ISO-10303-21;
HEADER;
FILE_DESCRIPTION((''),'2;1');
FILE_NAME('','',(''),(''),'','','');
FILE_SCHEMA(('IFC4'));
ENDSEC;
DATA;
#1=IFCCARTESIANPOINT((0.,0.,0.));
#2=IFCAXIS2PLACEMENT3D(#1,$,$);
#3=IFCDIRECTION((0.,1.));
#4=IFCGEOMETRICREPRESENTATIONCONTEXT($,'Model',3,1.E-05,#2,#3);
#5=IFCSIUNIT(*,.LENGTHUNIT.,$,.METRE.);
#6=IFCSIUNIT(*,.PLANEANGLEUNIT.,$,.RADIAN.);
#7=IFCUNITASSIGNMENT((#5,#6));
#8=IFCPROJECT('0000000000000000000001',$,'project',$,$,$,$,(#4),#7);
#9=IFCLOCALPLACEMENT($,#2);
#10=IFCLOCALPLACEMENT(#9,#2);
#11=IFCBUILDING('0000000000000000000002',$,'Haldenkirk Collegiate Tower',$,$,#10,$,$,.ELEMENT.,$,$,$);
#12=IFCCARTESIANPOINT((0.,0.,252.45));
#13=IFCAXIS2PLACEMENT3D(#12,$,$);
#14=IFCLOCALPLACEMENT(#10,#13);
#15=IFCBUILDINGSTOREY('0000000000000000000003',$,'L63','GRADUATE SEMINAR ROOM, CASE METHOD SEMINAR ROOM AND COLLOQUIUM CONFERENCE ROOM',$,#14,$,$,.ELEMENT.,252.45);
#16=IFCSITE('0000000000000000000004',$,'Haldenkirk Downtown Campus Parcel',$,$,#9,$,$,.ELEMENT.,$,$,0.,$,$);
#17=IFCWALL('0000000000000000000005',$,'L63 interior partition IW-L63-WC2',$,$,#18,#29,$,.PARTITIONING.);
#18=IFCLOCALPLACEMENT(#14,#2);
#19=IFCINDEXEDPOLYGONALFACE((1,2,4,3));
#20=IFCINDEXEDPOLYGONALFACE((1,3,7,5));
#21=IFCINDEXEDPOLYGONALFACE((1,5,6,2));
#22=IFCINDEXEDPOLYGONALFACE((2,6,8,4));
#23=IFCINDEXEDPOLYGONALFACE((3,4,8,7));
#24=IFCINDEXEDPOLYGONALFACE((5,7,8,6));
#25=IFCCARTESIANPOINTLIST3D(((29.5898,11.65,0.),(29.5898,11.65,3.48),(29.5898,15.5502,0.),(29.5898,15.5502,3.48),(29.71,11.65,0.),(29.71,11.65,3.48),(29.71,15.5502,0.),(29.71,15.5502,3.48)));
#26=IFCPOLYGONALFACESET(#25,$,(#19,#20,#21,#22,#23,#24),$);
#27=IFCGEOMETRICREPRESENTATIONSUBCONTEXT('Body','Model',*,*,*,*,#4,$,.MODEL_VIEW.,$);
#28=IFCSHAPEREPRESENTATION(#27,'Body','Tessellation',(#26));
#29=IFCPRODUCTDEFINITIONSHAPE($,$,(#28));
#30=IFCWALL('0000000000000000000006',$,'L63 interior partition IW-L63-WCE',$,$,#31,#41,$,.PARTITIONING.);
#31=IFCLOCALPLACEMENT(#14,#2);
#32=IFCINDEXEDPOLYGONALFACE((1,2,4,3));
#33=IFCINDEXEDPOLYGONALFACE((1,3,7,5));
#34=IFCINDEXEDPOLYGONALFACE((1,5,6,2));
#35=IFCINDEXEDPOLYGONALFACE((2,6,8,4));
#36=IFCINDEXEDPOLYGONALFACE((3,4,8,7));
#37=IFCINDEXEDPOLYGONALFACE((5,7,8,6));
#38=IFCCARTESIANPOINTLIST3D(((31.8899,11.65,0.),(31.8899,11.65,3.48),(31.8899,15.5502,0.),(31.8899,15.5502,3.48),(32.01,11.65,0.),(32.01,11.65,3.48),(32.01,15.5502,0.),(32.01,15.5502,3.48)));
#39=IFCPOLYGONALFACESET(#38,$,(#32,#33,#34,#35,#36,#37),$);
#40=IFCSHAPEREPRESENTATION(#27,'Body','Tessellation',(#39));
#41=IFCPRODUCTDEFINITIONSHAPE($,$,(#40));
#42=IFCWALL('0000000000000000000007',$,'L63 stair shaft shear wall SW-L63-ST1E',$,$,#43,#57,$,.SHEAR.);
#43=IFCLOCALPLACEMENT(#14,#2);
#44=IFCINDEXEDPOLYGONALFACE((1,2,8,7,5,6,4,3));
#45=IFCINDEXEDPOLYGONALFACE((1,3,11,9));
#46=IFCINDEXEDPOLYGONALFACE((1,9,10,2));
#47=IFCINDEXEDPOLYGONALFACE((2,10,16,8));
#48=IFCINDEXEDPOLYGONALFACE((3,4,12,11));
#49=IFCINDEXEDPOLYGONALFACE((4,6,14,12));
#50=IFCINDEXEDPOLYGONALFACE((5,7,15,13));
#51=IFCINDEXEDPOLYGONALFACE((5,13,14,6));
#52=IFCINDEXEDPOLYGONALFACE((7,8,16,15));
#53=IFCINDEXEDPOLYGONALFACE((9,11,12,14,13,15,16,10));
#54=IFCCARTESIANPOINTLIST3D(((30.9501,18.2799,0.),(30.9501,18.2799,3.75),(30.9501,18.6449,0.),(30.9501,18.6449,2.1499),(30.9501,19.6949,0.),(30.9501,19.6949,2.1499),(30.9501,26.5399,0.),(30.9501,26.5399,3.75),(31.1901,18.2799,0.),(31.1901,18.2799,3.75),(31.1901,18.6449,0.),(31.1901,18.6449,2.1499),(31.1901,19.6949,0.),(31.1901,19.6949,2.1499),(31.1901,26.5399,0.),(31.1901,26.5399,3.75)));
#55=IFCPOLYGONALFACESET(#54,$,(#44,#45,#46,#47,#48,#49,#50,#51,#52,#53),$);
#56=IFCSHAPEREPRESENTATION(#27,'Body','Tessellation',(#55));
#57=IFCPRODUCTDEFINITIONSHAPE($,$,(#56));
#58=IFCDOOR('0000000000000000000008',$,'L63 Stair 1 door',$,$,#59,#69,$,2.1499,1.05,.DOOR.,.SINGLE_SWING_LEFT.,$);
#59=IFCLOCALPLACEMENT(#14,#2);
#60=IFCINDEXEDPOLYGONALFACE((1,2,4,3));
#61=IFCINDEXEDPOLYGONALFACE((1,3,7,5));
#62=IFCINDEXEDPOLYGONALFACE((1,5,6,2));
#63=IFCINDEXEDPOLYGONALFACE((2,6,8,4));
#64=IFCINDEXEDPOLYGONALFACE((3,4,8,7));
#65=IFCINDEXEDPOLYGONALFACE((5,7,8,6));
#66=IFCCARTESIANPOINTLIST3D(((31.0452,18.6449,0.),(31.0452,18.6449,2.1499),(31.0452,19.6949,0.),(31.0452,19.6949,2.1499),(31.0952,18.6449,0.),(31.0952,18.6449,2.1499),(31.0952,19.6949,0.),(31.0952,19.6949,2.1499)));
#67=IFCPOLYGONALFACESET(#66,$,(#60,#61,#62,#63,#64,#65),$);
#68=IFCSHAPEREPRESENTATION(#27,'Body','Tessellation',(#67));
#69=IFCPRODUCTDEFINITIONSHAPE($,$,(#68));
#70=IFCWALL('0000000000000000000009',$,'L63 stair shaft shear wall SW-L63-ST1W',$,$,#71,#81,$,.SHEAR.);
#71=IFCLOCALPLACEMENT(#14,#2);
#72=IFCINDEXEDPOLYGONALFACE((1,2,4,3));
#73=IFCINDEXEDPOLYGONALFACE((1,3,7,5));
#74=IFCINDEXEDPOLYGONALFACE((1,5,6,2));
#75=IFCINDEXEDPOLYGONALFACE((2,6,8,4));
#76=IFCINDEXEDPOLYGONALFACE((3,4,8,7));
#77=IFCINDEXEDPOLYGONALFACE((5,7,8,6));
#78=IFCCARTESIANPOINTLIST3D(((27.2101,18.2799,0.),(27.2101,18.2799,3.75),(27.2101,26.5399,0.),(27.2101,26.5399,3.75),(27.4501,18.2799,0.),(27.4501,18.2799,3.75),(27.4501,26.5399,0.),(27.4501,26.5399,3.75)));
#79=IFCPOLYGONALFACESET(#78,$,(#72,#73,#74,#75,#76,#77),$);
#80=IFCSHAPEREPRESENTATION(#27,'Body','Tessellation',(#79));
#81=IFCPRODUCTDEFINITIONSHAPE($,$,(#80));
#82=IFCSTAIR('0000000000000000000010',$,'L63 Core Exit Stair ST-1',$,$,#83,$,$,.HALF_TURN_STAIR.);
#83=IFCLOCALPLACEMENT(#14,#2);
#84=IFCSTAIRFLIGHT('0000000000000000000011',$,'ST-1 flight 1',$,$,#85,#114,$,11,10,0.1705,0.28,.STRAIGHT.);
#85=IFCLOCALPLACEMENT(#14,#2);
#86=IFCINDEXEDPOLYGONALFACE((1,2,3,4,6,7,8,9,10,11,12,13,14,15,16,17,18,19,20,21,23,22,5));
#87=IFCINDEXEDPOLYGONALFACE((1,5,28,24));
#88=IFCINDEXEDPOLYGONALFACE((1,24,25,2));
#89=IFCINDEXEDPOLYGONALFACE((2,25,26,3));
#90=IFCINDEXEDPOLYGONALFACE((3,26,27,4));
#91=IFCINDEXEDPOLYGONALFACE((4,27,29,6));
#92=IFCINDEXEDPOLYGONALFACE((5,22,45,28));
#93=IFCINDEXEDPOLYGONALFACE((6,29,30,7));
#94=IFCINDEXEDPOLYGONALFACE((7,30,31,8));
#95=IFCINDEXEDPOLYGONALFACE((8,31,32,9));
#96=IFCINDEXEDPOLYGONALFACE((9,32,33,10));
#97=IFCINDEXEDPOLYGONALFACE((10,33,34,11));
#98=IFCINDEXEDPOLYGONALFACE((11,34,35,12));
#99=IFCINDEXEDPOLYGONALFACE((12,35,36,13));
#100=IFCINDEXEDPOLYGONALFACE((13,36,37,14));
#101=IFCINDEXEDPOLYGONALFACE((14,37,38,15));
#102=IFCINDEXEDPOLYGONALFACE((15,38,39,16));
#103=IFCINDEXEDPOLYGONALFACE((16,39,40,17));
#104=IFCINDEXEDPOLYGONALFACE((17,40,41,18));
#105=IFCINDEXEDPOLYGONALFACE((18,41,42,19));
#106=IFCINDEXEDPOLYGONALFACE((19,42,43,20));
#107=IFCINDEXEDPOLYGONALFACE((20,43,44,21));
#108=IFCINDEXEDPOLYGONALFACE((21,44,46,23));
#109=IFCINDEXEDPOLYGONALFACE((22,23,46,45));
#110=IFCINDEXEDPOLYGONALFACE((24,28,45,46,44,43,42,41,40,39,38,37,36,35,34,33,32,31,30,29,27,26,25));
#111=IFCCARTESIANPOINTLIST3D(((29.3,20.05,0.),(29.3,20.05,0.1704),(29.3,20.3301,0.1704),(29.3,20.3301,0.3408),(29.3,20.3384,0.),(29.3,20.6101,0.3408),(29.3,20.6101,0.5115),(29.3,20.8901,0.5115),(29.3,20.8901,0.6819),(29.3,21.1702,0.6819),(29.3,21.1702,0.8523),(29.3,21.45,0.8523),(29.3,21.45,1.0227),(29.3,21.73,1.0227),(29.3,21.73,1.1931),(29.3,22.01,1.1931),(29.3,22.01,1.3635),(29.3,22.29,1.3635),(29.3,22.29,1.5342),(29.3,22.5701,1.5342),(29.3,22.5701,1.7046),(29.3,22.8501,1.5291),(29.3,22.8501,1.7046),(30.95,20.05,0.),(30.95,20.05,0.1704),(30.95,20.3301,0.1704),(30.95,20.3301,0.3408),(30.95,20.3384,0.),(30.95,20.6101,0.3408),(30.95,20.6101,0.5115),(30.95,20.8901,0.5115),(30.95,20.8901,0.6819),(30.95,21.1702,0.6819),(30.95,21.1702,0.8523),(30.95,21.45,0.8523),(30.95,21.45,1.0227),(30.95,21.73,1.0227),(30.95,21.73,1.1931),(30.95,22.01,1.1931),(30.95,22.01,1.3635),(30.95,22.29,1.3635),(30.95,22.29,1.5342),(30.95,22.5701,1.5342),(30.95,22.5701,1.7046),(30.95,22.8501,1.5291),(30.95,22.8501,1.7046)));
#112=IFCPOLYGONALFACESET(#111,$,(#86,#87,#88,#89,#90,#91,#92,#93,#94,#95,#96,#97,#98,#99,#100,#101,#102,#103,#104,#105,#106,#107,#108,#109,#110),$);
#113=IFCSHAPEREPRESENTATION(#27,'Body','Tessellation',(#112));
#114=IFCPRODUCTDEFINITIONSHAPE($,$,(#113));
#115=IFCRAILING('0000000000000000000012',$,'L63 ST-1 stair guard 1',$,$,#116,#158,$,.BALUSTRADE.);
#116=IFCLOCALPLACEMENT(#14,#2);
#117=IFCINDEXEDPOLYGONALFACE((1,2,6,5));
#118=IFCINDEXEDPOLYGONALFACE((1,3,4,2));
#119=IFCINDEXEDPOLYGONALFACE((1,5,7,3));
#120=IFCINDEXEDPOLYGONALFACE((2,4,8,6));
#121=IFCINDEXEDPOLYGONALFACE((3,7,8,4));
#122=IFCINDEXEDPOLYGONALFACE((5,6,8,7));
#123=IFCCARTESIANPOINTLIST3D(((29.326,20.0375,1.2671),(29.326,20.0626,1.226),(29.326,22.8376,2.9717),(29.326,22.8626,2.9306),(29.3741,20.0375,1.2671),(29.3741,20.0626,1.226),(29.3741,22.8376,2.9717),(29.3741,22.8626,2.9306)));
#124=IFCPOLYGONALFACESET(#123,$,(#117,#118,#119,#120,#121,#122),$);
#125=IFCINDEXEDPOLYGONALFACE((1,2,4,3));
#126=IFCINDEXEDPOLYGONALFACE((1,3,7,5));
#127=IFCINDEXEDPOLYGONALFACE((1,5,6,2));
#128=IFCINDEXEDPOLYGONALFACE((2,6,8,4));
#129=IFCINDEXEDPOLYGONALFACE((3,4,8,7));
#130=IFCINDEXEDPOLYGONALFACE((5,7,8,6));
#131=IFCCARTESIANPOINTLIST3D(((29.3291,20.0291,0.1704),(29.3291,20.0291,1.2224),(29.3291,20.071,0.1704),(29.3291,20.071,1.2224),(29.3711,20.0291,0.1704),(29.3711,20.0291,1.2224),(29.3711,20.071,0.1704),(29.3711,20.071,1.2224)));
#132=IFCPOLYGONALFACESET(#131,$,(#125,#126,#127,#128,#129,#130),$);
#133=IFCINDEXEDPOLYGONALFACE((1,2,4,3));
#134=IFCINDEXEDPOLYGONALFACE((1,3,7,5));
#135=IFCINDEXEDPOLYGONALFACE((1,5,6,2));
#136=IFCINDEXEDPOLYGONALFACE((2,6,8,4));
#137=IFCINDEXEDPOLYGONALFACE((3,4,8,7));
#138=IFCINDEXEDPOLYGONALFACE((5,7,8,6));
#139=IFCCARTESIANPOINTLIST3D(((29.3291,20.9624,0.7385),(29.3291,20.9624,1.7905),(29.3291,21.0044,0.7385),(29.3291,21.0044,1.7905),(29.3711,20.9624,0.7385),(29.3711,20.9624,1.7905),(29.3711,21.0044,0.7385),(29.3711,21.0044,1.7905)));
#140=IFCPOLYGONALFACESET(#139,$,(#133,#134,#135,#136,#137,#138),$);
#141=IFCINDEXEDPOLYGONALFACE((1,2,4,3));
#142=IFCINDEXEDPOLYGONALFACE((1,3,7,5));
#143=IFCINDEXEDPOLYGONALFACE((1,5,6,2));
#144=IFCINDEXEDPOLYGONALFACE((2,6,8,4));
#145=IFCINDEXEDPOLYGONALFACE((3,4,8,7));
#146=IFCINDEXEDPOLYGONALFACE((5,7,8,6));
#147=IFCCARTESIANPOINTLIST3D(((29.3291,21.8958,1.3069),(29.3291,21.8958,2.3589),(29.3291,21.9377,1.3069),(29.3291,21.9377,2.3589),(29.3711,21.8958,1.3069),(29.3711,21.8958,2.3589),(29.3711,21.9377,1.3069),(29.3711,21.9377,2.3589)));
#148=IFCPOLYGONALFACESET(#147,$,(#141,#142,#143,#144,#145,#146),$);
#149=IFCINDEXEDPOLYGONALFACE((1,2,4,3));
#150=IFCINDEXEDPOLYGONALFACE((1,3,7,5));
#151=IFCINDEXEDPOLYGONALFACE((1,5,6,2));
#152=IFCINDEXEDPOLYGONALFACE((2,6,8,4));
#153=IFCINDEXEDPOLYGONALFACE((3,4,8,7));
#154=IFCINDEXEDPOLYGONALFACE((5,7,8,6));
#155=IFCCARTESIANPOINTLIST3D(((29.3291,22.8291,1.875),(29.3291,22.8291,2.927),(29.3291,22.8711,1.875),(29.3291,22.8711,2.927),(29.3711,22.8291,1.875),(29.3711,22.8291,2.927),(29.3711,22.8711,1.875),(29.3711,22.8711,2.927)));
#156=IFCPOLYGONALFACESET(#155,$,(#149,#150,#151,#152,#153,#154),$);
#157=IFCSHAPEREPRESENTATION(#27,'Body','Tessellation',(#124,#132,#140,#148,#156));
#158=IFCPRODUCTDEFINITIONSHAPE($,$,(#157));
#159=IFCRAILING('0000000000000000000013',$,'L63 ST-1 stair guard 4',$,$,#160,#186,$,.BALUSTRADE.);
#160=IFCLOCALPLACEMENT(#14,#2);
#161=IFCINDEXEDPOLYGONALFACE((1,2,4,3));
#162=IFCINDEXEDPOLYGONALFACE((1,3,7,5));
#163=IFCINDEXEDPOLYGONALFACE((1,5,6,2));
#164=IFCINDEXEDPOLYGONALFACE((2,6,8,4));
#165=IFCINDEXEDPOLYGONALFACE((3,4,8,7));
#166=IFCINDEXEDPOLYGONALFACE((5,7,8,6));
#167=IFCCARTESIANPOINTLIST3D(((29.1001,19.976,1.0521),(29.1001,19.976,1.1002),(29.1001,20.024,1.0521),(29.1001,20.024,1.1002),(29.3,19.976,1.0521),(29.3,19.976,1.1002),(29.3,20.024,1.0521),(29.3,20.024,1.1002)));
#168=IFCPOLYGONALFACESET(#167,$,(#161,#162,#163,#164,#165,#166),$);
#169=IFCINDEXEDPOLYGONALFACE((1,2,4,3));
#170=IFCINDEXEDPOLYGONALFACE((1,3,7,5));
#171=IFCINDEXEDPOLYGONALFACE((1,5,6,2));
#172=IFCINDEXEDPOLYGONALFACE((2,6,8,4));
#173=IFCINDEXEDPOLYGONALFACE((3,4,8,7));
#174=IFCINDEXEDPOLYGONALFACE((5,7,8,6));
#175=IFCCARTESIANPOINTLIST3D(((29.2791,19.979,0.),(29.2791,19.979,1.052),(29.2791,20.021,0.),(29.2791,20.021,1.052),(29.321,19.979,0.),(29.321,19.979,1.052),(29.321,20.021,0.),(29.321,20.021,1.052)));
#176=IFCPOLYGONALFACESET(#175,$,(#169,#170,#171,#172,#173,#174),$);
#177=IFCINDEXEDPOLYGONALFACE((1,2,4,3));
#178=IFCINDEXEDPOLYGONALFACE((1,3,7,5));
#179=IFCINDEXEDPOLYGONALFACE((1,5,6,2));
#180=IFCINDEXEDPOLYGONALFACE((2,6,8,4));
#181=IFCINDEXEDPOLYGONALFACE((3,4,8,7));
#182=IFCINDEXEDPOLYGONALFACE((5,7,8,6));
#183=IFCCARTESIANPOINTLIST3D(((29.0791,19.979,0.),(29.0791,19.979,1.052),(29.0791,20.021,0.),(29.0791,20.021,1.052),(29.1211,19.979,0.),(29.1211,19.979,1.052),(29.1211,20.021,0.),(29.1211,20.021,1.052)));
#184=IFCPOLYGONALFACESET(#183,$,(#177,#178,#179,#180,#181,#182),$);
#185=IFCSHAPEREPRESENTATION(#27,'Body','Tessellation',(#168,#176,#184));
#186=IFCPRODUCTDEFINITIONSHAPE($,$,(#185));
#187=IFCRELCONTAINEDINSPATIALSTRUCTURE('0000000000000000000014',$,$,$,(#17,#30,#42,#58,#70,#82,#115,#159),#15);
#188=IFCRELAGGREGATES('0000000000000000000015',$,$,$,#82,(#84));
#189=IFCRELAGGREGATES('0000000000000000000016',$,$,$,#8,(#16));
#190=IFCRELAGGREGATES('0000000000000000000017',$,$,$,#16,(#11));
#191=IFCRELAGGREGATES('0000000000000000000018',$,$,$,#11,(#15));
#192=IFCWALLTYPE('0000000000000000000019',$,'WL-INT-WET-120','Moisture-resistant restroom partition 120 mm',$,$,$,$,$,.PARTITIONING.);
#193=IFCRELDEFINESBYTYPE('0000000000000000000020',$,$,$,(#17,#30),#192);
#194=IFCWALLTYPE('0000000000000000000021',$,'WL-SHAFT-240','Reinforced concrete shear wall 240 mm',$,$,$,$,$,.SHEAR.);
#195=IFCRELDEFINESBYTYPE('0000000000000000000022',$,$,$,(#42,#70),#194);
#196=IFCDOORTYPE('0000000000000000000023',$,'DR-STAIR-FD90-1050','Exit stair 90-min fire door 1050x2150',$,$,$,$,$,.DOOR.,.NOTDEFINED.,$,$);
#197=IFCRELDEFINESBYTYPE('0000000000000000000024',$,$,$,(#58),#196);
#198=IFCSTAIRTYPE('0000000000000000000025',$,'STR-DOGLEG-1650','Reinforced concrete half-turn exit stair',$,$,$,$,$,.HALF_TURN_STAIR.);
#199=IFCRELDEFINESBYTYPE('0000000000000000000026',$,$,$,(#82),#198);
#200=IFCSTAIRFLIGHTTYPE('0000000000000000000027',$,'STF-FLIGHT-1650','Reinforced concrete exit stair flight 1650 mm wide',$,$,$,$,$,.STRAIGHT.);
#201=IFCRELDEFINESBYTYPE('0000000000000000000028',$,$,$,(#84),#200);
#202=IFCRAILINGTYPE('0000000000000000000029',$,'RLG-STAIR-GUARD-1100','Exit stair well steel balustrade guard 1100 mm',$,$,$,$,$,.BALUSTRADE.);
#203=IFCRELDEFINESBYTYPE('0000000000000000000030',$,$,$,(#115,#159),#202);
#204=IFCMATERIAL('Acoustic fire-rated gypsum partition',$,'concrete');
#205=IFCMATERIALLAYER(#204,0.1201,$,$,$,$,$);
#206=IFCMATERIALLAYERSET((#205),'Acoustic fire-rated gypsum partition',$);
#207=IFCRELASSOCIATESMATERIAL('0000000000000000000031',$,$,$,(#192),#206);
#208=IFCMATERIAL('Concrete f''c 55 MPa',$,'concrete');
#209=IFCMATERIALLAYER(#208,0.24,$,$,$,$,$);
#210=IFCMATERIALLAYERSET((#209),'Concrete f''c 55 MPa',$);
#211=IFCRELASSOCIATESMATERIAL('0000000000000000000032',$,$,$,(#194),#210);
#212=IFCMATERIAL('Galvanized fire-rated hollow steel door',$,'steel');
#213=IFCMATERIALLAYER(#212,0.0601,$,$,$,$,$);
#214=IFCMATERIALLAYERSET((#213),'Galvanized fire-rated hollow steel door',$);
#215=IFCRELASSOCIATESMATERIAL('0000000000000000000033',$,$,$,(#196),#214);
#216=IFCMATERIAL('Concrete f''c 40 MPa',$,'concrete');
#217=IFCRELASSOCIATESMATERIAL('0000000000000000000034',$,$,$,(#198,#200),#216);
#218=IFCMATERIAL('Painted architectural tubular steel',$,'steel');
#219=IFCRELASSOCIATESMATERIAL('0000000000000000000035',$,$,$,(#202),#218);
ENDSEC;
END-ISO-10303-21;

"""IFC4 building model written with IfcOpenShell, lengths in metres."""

from ifc_helpers import new_model, si_unit, direction, frame, frame_2d, origin, origin_2d, place, context, subcontext, project, spatial, polyline, rectangle, outline, extrude, material, layer, layer_set, type_object, element, fill, aggregate, save


model = new_model("IFC4")

# Units and contexts
model_context = context("Model", 3, precision=1e-05, world=origin(), true_north=direction((0.0, 1.0)))
body_context = subcontext(model_context, "Body", "Model", "MODEL_VIEW")
ifc_project = project(units=[si_unit("LENGTHUNIT", "METRE"), si_unit("PLANEANGLEUNIT", "RADIAN")], contexts=[model_context])

# Site, building, storey
site_placement = place(None, origin())
site = spatial("IfcSite", under=ifc_project, at=site_placement, Name="Haldenkirk Downtown Campus Parcel", CompositionType="ELEMENT", RefElevation=0.0)
building_placement = place(site_placement, origin())
building = spatial("IfcBuilding", under=site, at=building_placement, Name="Haldenkirk Collegiate Tower", CompositionType="ELEMENT")
storey_placement = place(building_placement, frame((0.0, 0.0, 252.45)))
storey = spatial("IfcBuildingStorey", under=building, at=storey_placement, Name="L63", Description="GRADUATE SEMINAR ROOM, CASE METHOD SEMINAR ROOM AND COLLOQUIUM CONFERENCE ROOM", CompositionType="ELEMENT", Elevation=252.45)

# Shared definitions
ifc_material_1 = material(Name="Concrete f'c 55 MPa", Category="concrete")
ifc_material_2 = material(Name="Galvanized fire-rated hollow steel door", Category="steel")

# Shared definitions
ifc_material_3 = material(Name="Acoustic fire-rated gypsum partition", Category="concrete")

# Walls
ifc_layer_1 = layer(ifc_material_3, 0.1201)
ifc_layer_set_1 = layer_set([ifc_layer_1], Name="Acoustic fire-rated gypsum partition")
wall_type_1 = type_object("IfcWallType", Name="WL-INT-WET-120", Description="Moisture-resistant restroom partition 120 mm", PredefinedType="PARTITIONING", material=ifc_layer_set_1)
for number, where, z_axis, x_axis, name in (
    (1, (29.6499, 11.6499, 0.0), (0.0, 0.0, 1.0), (0.0, 1.0, 0.0), "L63 interior partition IW-L63-WC2"),
    (2, (31.95, 11.6499, 0.0), (0.0, 0.0, 1.0), (0.0, 1.0, 0.0), "L63 interior partition IW-L63-WCE"),
):
    element("IfcWall", number, at=place(storey_placement, frame(where, z_axis=z_axis, x_axis=x_axis)), inside=storey, type_object=wall_type_1, Name=name, PredefinedType="PARTITIONING", context=body_context, shape_type="SweptSolid", body=[
        extrude(rectangle(XDim=3.9001, YDim=0.1201, at=frame_2d((1.9502, 0.0))), origin(), (0.0, 0.0, 1.0), 3.48),
    ])

# Wall, opening, door
ifc_layer_2 = layer(ifc_material_1, 0.24)
ifc_layer_set_2 = layer_set([ifc_layer_2], Name="Concrete f'c 55 MPa")
wall_type_2 = type_object("IfcWallType", Name="WL-SHAFT-240", Description="Reinforced concrete shear wall 240 mm", PredefinedType="SHEAR", material=ifc_layer_set_2)
wall_1_placement = place(storey_placement, frame((31.0701, 18.28, 0.0), z_axis=(0.0, 0.0, 1.0), x_axis=(0.0, 1.0, 0.0)))
wall_1 = element("IfcWall", 3, at=wall_1_placement, inside=storey, type_object=wall_type_2, Name="L63 stair shaft shear wall SW-L63-ST1E", PredefinedType="SHEAR", context=body_context, shape_type="SweptSolid", body=[
    extrude(rectangle(XDim=8.26, YDim=0.24, at=frame_2d((4.1299, 0.0))), origin(), (0.0, 0.0, 1.0), 3.75),
])
opening_1_placement = place(wall_1_placement, frame((0.365, 0.0, 0.0)))
opening_1 = element("IfcOpeningElement", 4, at=opening_1_placement, cuts=wall_1, PredefinedType="OPENING", context=body_context, shape_type="SweptSolid", body=[
    extrude(rectangle(XDim=1.05, YDim=2.1499, at=frame_2d((0.5249, 1.075))), frame((0.0, 0.1299, 0.0), z_axis=(0.0, -1.0, 0.0), x_axis=(1.0, 0.0, 0.0)), (0.0, 0.0, 1.0), 0.26),
])
ifc_layer_3 = layer(ifc_material_2, 0.0601)
ifc_layer_set_3 = layer_set([ifc_layer_3], Name="Galvanized fire-rated hollow steel door")
door_type_1 = type_object("IfcDoorType", Name="DR-STAIR-FD90-1050", Description="Exit stair 90-min fire door 1050x2150", OperationType="NOTDEFINED", PredefinedType="DOOR", material=ifc_layer_set_3)
door_1_placement = place(opening_1_placement, origin())
door_1 = element("IfcDoor", 5, at=door_1_placement, inside=storey, type_object=door_type_1, Name="L63 Stair 1 door", OperationType="SINGLE_SWING_LEFT", OverallHeight=2.1499, OverallWidth=1.05, PredefinedType="DOOR", context=body_context, shape_type="SweptSolid", body=[
    extrude(rectangle(XDim=1.05, YDim=2.1499, at=frame_2d((0.5249, 1.075))), frame((0.0, 0.0249, 0.0), z_axis=(0.0, -1.0, 0.0), x_axis=(1.0, 0.0, 0.0)), (0.0, 0.0, 1.0), 0.05),
])
fill(opening_1, door_1)

# Wall
wall_2_placement = place(storey_placement, frame((27.3301, 18.28, 0.0), z_axis=(0.0, 0.0, 1.0), x_axis=(0.0, 1.0, 0.0)))
element("IfcWall", 6, at=wall_2_placement, inside=storey, type_object=wall_type_2, Name="L63 stair shaft shear wall SW-L63-ST1W", PredefinedType="SHEAR", context=body_context, shape_type="SweptSolid", body=[
    extrude(rectangle(XDim=8.26, YDim=0.24, at=frame_2d((4.1299, 0.0))), origin(), (0.0, 0.0, 1.0), 3.75),
])

# Stair, stair flight
ifc_material_4 = material(Name="Concrete f'c 40 MPa", Category="concrete")
stair_type = type_object("IfcStairType", Name="STR-DOGLEG-1650", Description="Reinforced concrete half-turn exit stair", PredefinedType="HALF_TURN_STAIR", material=ifc_material_4)
stair_placement = place(storey_placement, origin())
stair = element("IfcStair", 7, at=stair_placement, inside=storey, type_object=stair_type, Name="L63 Core Exit Stair ST-1", PredefinedType="HALF_TURN_STAIR")
stair_flight_type = type_object("IfcStairFlightType", Name="STF-FLIGHT-1650", Description="Reinforced concrete exit stair flight 1650 mm wide", PredefinedType="STRAIGHT", material=ifc_material_4)
stair_flight_placement = place(storey_placement, frame((30.125, 20.05, 0.0), z_axis=(0.0, 0.0, 1.0), x_axis=(0.0, 1.0, 0.0)))
stair_flight = element("IfcStairFlight", 8, at=stair_flight_placement, type_object=stair_flight_type, Name="ST-1 flight 1", NumberOfRisers=11, NumberOfTreads=10, PredefinedType="STRAIGHT", RiserHeight=0.1705, TreadLength=0.28, context=body_context, shape_type="SweptSolid", body=[
    extrude(outline(polyline([(0.0, 0.0), (0.0, 0.1704), (0.28, 0.1704), (0.28, 0.3408), (0.5601, 0.3408), (0.5601, 0.5115), (0.8401, 0.5115), (0.8401, 0.6819), (1.1201, 0.6819), (1.1201, 0.8523), (1.3999, 0.8523), (1.3999, 1.0227), (1.6799, 1.0227), (1.6799, 1.1931), (1.96, 1.1931), (1.96, 1.3635), (2.24, 1.3635), (2.24, 1.5342), (2.52, 1.5342), (2.52, 1.7046), (2.8, 1.7046), (2.8, 1.875), (2.8, 1.5291), (0.2883, 0.0), (0.0, 0.0)])), frame((0.0, 0.825, 0.0), z_axis=(0.0, -1.0, 0.0), x_axis=(1.0, 0.0, 0.0)), (0.0, 0.0, 1.0), 1.6499),
])
aggregate(stair, [stair_flight])

# Railings
ifc_material_5 = material(Name="Painted architectural tubular steel", Category="steel")
railing_type_1 = type_object("IfcRailingType", Name="RLG-STAIR-GUARD-1100", Description="Exit stair well steel balustrade guard 1100 mm", PredefinedType="BALUSTRADE", material=ifc_material_5)
railing_1_placement = place(storey_placement, frame((29.3501, 20.05, 0.1704)))
element("IfcRailing", 9, at=railing_1_placement, inside=storey, type_object=railing_type_1, Name="L63 ST-1 stair guard 1", PredefinedType="BALUSTRADE", context=body_context, shape_type="SweptSolid", body=[
    extrude(rectangle(XDim=0.0481, YDim=0.0481, at=origin_2d()), frame((0.0, 0.0, 1.0762), z_axis=(0.0, 0.85417, 0.519994), x_axis=(-1.0, 0.0, 0.0)), (0.0, 0.0, 1.0), 3.2781),
    extrude(rectangle(XDim=0.042, YDim=0.042, at=origin_2d()), origin(), (0.0, 0.0, 1.0), 1.052),
    extrude(rectangle(XDim=0.042, YDim=0.042, at=origin_2d()), frame((0.0, 0.9333, 0.5681)), (0.0, 0.0, 1.0), 1.052),
    extrude(rectangle(XDim=0.042, YDim=0.042, at=origin_2d()), frame((0.0, 1.8667, 1.1365)), (0.0, 0.0, 1.0), 1.052),
    extrude(rectangle(XDim=0.042, YDim=0.042, at=origin_2d()), frame((0.0, 2.8, 1.7046)), (0.0, 0.0, 1.0), 1.052),
])
railing_2_placement = place(storey_placement, frame((29.3, 20.0, 0.0)))
element("IfcRailing", 10, at=railing_2_placement, inside=storey, type_object=railing_type_1, Name="L63 ST-1 stair guard 4", PredefinedType="BALUSTRADE", context=body_context, shape_type="SweptSolid", body=[
    extrude(rectangle(XDim=0.0481, YDim=0.0481, at=origin_2d()), frame((0.0, 0.0, 1.0762), z_axis=(-1.0, 0.0, 0.0), x_axis=(0.0, -1.0, 0.0)), (0.0, 0.0, 1.0), 0.2),
    extrude(rectangle(XDim=0.042, YDim=0.042, at=origin_2d()), origin(), (0.0, 0.0, 1.0), 1.052),
    extrude(rectangle(XDim=0.042, YDim=0.042, at=origin_2d()), frame((-0.2, 0.0, 0.0)), (0.0, 0.0, 1.0), 1.052),
])

save(model, "model.ifc")
